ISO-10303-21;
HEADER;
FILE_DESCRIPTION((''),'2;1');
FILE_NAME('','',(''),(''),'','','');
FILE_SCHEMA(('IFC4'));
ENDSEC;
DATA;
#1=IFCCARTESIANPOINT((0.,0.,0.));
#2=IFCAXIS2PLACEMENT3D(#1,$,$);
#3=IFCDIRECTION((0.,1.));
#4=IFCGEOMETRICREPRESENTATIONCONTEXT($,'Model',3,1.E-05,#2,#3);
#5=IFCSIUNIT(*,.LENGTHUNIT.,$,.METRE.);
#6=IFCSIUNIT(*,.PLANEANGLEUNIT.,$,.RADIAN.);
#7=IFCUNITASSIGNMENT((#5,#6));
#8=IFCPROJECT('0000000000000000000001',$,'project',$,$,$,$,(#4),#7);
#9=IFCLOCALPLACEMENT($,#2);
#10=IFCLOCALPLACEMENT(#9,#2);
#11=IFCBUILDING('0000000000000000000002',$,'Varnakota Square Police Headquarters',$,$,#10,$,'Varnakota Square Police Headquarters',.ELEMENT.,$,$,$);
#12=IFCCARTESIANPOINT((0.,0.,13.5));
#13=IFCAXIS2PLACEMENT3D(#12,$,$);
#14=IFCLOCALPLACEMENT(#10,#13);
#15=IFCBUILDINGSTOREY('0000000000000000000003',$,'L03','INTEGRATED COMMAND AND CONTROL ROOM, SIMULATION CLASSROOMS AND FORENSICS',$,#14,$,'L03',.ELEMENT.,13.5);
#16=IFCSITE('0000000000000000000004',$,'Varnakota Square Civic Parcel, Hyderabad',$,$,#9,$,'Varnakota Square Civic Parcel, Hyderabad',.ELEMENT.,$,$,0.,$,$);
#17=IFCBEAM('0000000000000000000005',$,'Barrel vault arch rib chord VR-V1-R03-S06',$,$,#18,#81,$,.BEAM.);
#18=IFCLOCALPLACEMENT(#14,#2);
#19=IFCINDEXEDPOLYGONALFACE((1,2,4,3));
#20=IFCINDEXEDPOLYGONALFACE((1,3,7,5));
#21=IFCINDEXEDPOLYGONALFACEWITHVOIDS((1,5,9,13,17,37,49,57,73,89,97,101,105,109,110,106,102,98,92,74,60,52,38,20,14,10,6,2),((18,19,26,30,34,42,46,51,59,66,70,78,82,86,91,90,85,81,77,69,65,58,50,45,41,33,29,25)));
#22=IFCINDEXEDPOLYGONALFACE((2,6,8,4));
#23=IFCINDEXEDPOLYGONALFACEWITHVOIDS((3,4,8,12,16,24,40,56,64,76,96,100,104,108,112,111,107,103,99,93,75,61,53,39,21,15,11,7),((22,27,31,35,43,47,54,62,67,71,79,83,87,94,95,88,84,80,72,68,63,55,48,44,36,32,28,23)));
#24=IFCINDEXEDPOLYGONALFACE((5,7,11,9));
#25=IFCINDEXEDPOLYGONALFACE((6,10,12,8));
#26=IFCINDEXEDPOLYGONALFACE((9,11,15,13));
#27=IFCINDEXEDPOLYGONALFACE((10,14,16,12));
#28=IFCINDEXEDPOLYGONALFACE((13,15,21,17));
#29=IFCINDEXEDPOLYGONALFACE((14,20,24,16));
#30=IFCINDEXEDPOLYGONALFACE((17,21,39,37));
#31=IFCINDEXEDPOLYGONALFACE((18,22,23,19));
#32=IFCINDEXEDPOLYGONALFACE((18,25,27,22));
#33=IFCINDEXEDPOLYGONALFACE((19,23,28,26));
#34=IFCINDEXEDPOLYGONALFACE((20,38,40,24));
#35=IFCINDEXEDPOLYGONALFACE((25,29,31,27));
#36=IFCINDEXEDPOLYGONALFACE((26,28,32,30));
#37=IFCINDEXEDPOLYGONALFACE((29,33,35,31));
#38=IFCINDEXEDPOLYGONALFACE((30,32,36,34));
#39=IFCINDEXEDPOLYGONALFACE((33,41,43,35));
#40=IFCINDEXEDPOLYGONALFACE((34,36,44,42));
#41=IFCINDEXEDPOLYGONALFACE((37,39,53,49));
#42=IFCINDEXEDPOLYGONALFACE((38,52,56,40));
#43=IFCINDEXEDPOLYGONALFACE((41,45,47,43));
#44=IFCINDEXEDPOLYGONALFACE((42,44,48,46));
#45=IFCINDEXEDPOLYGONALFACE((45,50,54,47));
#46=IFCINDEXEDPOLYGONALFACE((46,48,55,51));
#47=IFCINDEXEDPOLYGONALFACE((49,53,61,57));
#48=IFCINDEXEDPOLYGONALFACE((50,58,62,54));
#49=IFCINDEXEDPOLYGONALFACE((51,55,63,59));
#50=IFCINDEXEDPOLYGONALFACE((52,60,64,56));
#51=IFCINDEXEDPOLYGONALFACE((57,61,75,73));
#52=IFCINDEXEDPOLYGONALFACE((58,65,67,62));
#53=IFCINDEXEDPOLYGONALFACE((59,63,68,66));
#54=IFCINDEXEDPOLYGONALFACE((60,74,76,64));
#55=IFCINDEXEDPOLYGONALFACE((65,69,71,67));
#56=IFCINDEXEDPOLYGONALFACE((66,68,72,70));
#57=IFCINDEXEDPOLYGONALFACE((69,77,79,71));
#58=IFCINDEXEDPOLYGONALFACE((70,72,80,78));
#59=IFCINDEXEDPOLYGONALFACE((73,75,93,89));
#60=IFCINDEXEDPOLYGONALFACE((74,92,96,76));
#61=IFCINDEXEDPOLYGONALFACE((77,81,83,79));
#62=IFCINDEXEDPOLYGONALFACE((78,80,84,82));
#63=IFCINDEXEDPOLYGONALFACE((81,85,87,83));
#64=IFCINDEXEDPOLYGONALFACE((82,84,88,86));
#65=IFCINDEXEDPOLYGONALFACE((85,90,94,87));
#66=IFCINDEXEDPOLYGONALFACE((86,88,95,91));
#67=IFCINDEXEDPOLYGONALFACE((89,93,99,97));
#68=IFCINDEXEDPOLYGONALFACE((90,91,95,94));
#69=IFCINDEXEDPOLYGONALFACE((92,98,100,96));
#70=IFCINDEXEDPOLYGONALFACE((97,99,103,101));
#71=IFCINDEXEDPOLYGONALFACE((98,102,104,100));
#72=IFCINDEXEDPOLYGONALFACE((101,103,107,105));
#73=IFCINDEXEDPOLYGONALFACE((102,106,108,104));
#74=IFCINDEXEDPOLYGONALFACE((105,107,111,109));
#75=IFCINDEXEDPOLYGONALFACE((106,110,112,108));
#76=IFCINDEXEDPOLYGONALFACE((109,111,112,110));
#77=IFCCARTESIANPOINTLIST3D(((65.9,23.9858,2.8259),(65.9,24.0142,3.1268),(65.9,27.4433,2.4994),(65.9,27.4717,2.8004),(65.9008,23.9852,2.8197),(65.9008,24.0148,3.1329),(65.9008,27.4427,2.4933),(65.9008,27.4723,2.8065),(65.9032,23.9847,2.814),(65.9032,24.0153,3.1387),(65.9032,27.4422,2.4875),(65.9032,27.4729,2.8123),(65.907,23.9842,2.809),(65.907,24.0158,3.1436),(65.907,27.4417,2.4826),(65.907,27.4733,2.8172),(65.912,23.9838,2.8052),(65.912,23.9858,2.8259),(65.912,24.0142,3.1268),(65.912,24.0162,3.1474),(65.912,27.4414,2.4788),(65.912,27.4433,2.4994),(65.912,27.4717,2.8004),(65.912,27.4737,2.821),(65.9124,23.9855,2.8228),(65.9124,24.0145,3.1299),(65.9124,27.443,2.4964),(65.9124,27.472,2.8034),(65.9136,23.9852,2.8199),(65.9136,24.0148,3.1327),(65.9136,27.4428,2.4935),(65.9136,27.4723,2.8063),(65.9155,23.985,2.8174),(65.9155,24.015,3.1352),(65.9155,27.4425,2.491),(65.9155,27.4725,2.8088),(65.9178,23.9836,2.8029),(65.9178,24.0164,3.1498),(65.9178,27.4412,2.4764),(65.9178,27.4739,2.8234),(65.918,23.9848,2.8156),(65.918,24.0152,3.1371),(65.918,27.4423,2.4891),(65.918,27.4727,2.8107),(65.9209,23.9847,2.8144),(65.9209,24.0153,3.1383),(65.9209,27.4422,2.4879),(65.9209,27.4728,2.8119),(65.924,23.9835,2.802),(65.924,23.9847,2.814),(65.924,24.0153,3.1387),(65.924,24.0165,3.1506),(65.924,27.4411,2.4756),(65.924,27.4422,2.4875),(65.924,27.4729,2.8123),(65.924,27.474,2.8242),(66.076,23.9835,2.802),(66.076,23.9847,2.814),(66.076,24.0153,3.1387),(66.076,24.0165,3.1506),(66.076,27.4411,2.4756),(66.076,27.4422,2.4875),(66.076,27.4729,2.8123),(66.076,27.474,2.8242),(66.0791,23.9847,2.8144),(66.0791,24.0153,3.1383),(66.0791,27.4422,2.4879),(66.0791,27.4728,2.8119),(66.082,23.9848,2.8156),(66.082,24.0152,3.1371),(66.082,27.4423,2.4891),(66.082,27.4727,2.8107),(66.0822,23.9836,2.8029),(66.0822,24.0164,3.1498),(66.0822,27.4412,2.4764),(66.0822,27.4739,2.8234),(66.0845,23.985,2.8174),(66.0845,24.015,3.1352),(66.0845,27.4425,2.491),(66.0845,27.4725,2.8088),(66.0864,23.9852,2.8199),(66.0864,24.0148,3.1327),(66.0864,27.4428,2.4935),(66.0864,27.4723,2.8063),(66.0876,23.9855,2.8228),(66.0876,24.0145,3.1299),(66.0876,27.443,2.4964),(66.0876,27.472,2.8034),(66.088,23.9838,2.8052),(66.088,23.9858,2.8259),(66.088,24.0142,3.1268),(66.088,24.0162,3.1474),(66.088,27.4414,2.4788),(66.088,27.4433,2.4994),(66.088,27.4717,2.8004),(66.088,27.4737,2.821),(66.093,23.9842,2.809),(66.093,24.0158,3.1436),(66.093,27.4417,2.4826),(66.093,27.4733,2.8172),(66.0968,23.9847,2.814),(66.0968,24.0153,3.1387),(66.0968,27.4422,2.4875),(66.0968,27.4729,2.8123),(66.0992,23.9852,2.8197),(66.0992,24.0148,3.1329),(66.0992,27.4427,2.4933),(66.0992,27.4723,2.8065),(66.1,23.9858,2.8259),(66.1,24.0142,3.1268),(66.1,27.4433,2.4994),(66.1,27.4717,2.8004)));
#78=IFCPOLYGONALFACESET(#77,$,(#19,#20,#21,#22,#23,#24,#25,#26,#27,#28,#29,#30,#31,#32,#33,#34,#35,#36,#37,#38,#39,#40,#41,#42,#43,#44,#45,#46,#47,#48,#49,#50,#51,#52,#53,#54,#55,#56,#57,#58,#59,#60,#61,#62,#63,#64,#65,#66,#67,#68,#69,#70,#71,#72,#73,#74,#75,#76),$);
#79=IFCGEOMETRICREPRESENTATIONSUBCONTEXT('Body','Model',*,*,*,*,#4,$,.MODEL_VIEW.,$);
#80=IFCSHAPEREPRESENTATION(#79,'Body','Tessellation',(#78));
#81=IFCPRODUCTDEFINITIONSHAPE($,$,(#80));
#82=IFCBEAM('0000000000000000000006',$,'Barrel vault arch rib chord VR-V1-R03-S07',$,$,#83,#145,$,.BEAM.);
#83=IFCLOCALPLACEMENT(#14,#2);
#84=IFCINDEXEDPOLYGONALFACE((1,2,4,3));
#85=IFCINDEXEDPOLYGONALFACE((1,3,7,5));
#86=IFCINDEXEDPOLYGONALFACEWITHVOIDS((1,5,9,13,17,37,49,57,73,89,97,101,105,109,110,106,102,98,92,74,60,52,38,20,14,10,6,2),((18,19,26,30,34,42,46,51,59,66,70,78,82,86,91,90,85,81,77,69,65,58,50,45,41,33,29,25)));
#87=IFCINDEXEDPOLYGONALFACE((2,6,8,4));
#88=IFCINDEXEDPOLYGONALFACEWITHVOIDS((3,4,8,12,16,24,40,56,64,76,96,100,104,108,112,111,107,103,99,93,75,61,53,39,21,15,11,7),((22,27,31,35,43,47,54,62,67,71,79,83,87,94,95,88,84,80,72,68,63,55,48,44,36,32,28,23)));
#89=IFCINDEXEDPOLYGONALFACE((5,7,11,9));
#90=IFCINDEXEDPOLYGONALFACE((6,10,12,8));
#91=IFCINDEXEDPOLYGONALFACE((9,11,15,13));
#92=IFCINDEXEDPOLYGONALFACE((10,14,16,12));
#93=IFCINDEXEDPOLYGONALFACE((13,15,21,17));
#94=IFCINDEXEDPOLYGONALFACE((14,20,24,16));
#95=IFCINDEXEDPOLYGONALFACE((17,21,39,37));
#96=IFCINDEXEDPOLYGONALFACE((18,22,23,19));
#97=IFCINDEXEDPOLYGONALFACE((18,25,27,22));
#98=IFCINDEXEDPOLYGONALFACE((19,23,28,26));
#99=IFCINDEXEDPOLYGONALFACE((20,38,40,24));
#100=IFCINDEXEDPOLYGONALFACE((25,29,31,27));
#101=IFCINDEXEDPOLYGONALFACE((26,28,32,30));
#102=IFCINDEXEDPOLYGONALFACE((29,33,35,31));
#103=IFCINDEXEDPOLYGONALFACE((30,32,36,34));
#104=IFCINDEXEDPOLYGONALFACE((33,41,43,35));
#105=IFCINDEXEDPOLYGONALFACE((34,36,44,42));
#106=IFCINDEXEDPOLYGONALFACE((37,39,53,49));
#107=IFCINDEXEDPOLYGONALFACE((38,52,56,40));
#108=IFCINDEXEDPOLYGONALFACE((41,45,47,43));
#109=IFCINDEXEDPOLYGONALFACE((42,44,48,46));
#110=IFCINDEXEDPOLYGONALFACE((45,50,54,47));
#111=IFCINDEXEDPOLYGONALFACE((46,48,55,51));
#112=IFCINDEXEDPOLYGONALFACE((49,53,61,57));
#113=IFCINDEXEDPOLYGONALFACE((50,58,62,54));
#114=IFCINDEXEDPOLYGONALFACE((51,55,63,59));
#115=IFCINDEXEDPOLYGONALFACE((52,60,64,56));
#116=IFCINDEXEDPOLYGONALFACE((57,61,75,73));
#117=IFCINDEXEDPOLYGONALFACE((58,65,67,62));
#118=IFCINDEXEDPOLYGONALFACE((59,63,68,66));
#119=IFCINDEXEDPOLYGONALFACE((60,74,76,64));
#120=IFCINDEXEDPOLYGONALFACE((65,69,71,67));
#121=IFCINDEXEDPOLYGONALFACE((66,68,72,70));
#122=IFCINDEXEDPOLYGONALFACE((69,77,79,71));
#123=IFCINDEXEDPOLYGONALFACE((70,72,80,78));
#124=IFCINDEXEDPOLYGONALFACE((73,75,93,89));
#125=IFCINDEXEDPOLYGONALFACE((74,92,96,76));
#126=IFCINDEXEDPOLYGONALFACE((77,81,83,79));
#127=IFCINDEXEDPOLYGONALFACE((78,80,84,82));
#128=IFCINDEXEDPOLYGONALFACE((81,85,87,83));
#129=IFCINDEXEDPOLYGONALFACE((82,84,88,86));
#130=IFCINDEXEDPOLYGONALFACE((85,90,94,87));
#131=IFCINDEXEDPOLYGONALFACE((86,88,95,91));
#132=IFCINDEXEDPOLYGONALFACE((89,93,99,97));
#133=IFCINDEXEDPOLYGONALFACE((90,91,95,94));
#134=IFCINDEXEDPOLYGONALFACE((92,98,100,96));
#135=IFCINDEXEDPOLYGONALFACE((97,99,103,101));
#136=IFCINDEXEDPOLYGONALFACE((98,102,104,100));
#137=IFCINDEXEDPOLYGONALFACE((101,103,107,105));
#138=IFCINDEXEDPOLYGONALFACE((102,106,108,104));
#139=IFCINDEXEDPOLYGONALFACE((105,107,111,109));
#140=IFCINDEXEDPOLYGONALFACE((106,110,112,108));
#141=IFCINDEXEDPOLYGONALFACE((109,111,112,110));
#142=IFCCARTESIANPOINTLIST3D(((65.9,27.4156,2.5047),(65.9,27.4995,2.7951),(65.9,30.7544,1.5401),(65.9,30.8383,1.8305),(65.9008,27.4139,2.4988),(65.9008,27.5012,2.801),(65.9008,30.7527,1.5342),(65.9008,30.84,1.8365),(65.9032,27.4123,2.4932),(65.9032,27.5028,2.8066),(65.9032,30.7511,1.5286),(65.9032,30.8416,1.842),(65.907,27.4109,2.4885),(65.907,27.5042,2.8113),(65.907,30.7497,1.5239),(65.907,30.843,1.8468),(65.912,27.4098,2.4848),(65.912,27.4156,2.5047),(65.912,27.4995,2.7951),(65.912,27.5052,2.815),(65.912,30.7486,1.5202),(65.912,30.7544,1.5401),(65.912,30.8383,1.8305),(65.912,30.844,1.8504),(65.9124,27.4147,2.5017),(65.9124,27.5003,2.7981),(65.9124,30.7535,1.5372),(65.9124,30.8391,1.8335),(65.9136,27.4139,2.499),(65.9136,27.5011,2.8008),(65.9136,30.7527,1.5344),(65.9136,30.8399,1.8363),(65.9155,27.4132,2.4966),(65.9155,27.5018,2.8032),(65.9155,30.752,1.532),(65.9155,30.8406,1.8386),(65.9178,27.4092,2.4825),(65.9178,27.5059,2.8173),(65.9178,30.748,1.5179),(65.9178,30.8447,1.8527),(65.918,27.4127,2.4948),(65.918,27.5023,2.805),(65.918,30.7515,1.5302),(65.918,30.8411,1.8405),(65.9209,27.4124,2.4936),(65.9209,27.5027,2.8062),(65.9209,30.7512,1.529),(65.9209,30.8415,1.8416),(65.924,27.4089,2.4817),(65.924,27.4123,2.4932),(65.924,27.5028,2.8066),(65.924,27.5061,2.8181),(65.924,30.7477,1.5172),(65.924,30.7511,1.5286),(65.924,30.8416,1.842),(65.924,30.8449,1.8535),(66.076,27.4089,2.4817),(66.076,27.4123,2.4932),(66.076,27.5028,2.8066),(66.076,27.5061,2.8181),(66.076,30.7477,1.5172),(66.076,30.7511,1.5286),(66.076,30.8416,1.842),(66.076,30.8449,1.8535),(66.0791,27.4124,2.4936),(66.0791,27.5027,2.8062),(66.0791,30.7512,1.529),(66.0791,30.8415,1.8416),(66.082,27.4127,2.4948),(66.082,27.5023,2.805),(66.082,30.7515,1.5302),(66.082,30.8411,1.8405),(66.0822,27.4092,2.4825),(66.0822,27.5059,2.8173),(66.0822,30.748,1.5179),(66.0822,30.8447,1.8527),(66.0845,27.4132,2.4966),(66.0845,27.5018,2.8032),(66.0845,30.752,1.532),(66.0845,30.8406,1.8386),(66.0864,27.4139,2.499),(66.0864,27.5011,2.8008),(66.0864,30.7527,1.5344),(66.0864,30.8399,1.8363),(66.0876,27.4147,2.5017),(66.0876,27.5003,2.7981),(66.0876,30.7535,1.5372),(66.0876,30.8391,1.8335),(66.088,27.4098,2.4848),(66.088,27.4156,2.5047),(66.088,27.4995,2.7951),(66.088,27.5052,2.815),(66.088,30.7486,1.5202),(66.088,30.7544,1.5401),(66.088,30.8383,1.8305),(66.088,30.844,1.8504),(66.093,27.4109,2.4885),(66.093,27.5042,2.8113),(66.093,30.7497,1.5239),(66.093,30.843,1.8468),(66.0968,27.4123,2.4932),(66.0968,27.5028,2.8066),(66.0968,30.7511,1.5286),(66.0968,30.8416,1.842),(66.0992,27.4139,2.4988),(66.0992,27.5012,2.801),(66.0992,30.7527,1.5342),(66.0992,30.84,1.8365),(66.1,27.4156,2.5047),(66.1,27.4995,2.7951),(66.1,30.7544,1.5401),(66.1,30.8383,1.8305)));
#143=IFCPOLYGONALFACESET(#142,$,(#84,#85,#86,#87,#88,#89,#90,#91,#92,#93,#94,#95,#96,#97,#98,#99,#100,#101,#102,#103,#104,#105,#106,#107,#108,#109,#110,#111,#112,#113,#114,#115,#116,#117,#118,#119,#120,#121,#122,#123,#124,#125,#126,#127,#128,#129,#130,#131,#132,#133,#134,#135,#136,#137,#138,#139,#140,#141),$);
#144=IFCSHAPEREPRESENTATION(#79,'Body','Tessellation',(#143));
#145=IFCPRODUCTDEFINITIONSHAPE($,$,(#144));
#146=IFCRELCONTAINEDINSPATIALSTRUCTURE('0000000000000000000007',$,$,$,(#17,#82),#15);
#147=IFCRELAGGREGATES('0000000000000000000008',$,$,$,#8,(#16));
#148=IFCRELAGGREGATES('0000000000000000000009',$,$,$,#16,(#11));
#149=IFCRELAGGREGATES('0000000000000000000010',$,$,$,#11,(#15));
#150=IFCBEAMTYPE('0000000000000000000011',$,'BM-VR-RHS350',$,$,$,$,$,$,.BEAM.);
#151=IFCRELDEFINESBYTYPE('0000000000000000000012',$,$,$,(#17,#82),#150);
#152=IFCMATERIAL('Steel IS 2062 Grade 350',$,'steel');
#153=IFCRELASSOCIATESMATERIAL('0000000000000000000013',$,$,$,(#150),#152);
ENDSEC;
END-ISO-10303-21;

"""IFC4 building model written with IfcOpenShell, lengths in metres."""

from ifc_helpers import new_model, si_unit, direction, frame, origin, origin_2d, place, context, subcontext, project, spatial, hollow_rectangle, extrude, material, material_profile, profile_set, type_object, element, save


model = new_model("IFC4")

# Units and contexts
model_context = context("Model", 3, precision=1e-05, world=origin(), true_north=direction((0.0, 1.0)))
body_context = subcontext(model_context, "Body", "Model", "MODEL_VIEW")
ifc_project = project(units=[si_unit("LENGTHUNIT", "METRE"), si_unit("PLANEANGLEUNIT", "RADIAN")], contexts=[model_context])

# Site, building, storey
site_placement = place(None, origin())
site = spatial("IfcSite", under=ifc_project, at=site_placement, Name="Varnakota Square Civic Parcel, Hyderabad", LongName="Varnakota Square Civic Parcel, Hyderabad", CompositionType="ELEMENT", RefElevation=0.0)
building_placement = place(site_placement, origin())
building = spatial("IfcBuilding", under=site, at=building_placement, Name="Varnakota Square Police Headquarters", LongName="Varnakota Square Police Headquarters", CompositionType="ELEMENT")
storey_placement = place(building_placement, frame((0.0, 0.0, 13.5)))
storey = spatial("IfcBuildingStorey", under=building, at=storey_placement, Name="L03", Description="INTEGRATED COMMAND AND CONTROL ROOM, SIMULATION CLASSROOMS AND FORENSICS", LongName="L03", CompositionType="ELEMENT", Elevation=13.5)

# Beams
ifc_material_1 = material(Name="Steel IS 2062 Grade 350", Category="steel")
ifc_material_profile_1 = material_profile(ifc_material_1, hollow_rectangle(XDim=0.2, YDim=0.3501, WallThickness=0.012, InnerFilletRadius=0.012, OuterFilletRadius=0.0239, at=origin_2d()), Name="RHS 350x200x12")
ifc_profile_set_1 = profile_set([ifc_material_profile_1], Name="Steel IS 2062 Grade 350")
beam_type = type_object("IfcBeamType", Name="BM-VR-RHS350", PredefinedType="BEAM", material=ifc_profile_set_1)
beam_1_placement = place(storey_placement, frame((66.0, 24.0, 2.9763), z_axis=(0.0, 0.995573, -0.09399), x_axis=(-1.0, 0.0, 0.0)))
element("IfcBeam", 1, at=beam_1_placement, inside=storey, type_object=beam_type, Name="Barrel vault arch rib chord VR-V1-R03-S06", PredefinedType="BEAM", context=body_context, shape_type="SweptSolid", body=[
    extrude(hollow_rectangle(XDim=0.2, YDim=0.3501, WallThickness=0.012, InnerFilletRadius=0.012, OuterFilletRadius=0.0239, at=origin_2d()), origin(), (0.0, 0.0, 1.0), 3.4729),
])
beam_2_placement = place(storey_placement, frame((66.0, 27.4575, 2.6499), z_axis=(0.0, 0.960711, -0.27755), x_axis=(-1.0, 0.0, 0.0)))
element("IfcBeam", 2, at=beam_2_placement, inside=storey, type_object=beam_type, Name="Barrel vault arch rib chord VR-V1-R03-S07", PredefinedType="BEAM", context=body_context, shape_type="SweptSolid", body=[
    extrude(hollow_rectangle(XDim=0.2, YDim=0.3501, WallThickness=0.012, InnerFilletRadius=0.012, OuterFilletRadius=0.0239, at=origin_2d()), origin(), (0.0, 0.0, 1.0), 3.4753),
])

save(model, "model.ifc")
